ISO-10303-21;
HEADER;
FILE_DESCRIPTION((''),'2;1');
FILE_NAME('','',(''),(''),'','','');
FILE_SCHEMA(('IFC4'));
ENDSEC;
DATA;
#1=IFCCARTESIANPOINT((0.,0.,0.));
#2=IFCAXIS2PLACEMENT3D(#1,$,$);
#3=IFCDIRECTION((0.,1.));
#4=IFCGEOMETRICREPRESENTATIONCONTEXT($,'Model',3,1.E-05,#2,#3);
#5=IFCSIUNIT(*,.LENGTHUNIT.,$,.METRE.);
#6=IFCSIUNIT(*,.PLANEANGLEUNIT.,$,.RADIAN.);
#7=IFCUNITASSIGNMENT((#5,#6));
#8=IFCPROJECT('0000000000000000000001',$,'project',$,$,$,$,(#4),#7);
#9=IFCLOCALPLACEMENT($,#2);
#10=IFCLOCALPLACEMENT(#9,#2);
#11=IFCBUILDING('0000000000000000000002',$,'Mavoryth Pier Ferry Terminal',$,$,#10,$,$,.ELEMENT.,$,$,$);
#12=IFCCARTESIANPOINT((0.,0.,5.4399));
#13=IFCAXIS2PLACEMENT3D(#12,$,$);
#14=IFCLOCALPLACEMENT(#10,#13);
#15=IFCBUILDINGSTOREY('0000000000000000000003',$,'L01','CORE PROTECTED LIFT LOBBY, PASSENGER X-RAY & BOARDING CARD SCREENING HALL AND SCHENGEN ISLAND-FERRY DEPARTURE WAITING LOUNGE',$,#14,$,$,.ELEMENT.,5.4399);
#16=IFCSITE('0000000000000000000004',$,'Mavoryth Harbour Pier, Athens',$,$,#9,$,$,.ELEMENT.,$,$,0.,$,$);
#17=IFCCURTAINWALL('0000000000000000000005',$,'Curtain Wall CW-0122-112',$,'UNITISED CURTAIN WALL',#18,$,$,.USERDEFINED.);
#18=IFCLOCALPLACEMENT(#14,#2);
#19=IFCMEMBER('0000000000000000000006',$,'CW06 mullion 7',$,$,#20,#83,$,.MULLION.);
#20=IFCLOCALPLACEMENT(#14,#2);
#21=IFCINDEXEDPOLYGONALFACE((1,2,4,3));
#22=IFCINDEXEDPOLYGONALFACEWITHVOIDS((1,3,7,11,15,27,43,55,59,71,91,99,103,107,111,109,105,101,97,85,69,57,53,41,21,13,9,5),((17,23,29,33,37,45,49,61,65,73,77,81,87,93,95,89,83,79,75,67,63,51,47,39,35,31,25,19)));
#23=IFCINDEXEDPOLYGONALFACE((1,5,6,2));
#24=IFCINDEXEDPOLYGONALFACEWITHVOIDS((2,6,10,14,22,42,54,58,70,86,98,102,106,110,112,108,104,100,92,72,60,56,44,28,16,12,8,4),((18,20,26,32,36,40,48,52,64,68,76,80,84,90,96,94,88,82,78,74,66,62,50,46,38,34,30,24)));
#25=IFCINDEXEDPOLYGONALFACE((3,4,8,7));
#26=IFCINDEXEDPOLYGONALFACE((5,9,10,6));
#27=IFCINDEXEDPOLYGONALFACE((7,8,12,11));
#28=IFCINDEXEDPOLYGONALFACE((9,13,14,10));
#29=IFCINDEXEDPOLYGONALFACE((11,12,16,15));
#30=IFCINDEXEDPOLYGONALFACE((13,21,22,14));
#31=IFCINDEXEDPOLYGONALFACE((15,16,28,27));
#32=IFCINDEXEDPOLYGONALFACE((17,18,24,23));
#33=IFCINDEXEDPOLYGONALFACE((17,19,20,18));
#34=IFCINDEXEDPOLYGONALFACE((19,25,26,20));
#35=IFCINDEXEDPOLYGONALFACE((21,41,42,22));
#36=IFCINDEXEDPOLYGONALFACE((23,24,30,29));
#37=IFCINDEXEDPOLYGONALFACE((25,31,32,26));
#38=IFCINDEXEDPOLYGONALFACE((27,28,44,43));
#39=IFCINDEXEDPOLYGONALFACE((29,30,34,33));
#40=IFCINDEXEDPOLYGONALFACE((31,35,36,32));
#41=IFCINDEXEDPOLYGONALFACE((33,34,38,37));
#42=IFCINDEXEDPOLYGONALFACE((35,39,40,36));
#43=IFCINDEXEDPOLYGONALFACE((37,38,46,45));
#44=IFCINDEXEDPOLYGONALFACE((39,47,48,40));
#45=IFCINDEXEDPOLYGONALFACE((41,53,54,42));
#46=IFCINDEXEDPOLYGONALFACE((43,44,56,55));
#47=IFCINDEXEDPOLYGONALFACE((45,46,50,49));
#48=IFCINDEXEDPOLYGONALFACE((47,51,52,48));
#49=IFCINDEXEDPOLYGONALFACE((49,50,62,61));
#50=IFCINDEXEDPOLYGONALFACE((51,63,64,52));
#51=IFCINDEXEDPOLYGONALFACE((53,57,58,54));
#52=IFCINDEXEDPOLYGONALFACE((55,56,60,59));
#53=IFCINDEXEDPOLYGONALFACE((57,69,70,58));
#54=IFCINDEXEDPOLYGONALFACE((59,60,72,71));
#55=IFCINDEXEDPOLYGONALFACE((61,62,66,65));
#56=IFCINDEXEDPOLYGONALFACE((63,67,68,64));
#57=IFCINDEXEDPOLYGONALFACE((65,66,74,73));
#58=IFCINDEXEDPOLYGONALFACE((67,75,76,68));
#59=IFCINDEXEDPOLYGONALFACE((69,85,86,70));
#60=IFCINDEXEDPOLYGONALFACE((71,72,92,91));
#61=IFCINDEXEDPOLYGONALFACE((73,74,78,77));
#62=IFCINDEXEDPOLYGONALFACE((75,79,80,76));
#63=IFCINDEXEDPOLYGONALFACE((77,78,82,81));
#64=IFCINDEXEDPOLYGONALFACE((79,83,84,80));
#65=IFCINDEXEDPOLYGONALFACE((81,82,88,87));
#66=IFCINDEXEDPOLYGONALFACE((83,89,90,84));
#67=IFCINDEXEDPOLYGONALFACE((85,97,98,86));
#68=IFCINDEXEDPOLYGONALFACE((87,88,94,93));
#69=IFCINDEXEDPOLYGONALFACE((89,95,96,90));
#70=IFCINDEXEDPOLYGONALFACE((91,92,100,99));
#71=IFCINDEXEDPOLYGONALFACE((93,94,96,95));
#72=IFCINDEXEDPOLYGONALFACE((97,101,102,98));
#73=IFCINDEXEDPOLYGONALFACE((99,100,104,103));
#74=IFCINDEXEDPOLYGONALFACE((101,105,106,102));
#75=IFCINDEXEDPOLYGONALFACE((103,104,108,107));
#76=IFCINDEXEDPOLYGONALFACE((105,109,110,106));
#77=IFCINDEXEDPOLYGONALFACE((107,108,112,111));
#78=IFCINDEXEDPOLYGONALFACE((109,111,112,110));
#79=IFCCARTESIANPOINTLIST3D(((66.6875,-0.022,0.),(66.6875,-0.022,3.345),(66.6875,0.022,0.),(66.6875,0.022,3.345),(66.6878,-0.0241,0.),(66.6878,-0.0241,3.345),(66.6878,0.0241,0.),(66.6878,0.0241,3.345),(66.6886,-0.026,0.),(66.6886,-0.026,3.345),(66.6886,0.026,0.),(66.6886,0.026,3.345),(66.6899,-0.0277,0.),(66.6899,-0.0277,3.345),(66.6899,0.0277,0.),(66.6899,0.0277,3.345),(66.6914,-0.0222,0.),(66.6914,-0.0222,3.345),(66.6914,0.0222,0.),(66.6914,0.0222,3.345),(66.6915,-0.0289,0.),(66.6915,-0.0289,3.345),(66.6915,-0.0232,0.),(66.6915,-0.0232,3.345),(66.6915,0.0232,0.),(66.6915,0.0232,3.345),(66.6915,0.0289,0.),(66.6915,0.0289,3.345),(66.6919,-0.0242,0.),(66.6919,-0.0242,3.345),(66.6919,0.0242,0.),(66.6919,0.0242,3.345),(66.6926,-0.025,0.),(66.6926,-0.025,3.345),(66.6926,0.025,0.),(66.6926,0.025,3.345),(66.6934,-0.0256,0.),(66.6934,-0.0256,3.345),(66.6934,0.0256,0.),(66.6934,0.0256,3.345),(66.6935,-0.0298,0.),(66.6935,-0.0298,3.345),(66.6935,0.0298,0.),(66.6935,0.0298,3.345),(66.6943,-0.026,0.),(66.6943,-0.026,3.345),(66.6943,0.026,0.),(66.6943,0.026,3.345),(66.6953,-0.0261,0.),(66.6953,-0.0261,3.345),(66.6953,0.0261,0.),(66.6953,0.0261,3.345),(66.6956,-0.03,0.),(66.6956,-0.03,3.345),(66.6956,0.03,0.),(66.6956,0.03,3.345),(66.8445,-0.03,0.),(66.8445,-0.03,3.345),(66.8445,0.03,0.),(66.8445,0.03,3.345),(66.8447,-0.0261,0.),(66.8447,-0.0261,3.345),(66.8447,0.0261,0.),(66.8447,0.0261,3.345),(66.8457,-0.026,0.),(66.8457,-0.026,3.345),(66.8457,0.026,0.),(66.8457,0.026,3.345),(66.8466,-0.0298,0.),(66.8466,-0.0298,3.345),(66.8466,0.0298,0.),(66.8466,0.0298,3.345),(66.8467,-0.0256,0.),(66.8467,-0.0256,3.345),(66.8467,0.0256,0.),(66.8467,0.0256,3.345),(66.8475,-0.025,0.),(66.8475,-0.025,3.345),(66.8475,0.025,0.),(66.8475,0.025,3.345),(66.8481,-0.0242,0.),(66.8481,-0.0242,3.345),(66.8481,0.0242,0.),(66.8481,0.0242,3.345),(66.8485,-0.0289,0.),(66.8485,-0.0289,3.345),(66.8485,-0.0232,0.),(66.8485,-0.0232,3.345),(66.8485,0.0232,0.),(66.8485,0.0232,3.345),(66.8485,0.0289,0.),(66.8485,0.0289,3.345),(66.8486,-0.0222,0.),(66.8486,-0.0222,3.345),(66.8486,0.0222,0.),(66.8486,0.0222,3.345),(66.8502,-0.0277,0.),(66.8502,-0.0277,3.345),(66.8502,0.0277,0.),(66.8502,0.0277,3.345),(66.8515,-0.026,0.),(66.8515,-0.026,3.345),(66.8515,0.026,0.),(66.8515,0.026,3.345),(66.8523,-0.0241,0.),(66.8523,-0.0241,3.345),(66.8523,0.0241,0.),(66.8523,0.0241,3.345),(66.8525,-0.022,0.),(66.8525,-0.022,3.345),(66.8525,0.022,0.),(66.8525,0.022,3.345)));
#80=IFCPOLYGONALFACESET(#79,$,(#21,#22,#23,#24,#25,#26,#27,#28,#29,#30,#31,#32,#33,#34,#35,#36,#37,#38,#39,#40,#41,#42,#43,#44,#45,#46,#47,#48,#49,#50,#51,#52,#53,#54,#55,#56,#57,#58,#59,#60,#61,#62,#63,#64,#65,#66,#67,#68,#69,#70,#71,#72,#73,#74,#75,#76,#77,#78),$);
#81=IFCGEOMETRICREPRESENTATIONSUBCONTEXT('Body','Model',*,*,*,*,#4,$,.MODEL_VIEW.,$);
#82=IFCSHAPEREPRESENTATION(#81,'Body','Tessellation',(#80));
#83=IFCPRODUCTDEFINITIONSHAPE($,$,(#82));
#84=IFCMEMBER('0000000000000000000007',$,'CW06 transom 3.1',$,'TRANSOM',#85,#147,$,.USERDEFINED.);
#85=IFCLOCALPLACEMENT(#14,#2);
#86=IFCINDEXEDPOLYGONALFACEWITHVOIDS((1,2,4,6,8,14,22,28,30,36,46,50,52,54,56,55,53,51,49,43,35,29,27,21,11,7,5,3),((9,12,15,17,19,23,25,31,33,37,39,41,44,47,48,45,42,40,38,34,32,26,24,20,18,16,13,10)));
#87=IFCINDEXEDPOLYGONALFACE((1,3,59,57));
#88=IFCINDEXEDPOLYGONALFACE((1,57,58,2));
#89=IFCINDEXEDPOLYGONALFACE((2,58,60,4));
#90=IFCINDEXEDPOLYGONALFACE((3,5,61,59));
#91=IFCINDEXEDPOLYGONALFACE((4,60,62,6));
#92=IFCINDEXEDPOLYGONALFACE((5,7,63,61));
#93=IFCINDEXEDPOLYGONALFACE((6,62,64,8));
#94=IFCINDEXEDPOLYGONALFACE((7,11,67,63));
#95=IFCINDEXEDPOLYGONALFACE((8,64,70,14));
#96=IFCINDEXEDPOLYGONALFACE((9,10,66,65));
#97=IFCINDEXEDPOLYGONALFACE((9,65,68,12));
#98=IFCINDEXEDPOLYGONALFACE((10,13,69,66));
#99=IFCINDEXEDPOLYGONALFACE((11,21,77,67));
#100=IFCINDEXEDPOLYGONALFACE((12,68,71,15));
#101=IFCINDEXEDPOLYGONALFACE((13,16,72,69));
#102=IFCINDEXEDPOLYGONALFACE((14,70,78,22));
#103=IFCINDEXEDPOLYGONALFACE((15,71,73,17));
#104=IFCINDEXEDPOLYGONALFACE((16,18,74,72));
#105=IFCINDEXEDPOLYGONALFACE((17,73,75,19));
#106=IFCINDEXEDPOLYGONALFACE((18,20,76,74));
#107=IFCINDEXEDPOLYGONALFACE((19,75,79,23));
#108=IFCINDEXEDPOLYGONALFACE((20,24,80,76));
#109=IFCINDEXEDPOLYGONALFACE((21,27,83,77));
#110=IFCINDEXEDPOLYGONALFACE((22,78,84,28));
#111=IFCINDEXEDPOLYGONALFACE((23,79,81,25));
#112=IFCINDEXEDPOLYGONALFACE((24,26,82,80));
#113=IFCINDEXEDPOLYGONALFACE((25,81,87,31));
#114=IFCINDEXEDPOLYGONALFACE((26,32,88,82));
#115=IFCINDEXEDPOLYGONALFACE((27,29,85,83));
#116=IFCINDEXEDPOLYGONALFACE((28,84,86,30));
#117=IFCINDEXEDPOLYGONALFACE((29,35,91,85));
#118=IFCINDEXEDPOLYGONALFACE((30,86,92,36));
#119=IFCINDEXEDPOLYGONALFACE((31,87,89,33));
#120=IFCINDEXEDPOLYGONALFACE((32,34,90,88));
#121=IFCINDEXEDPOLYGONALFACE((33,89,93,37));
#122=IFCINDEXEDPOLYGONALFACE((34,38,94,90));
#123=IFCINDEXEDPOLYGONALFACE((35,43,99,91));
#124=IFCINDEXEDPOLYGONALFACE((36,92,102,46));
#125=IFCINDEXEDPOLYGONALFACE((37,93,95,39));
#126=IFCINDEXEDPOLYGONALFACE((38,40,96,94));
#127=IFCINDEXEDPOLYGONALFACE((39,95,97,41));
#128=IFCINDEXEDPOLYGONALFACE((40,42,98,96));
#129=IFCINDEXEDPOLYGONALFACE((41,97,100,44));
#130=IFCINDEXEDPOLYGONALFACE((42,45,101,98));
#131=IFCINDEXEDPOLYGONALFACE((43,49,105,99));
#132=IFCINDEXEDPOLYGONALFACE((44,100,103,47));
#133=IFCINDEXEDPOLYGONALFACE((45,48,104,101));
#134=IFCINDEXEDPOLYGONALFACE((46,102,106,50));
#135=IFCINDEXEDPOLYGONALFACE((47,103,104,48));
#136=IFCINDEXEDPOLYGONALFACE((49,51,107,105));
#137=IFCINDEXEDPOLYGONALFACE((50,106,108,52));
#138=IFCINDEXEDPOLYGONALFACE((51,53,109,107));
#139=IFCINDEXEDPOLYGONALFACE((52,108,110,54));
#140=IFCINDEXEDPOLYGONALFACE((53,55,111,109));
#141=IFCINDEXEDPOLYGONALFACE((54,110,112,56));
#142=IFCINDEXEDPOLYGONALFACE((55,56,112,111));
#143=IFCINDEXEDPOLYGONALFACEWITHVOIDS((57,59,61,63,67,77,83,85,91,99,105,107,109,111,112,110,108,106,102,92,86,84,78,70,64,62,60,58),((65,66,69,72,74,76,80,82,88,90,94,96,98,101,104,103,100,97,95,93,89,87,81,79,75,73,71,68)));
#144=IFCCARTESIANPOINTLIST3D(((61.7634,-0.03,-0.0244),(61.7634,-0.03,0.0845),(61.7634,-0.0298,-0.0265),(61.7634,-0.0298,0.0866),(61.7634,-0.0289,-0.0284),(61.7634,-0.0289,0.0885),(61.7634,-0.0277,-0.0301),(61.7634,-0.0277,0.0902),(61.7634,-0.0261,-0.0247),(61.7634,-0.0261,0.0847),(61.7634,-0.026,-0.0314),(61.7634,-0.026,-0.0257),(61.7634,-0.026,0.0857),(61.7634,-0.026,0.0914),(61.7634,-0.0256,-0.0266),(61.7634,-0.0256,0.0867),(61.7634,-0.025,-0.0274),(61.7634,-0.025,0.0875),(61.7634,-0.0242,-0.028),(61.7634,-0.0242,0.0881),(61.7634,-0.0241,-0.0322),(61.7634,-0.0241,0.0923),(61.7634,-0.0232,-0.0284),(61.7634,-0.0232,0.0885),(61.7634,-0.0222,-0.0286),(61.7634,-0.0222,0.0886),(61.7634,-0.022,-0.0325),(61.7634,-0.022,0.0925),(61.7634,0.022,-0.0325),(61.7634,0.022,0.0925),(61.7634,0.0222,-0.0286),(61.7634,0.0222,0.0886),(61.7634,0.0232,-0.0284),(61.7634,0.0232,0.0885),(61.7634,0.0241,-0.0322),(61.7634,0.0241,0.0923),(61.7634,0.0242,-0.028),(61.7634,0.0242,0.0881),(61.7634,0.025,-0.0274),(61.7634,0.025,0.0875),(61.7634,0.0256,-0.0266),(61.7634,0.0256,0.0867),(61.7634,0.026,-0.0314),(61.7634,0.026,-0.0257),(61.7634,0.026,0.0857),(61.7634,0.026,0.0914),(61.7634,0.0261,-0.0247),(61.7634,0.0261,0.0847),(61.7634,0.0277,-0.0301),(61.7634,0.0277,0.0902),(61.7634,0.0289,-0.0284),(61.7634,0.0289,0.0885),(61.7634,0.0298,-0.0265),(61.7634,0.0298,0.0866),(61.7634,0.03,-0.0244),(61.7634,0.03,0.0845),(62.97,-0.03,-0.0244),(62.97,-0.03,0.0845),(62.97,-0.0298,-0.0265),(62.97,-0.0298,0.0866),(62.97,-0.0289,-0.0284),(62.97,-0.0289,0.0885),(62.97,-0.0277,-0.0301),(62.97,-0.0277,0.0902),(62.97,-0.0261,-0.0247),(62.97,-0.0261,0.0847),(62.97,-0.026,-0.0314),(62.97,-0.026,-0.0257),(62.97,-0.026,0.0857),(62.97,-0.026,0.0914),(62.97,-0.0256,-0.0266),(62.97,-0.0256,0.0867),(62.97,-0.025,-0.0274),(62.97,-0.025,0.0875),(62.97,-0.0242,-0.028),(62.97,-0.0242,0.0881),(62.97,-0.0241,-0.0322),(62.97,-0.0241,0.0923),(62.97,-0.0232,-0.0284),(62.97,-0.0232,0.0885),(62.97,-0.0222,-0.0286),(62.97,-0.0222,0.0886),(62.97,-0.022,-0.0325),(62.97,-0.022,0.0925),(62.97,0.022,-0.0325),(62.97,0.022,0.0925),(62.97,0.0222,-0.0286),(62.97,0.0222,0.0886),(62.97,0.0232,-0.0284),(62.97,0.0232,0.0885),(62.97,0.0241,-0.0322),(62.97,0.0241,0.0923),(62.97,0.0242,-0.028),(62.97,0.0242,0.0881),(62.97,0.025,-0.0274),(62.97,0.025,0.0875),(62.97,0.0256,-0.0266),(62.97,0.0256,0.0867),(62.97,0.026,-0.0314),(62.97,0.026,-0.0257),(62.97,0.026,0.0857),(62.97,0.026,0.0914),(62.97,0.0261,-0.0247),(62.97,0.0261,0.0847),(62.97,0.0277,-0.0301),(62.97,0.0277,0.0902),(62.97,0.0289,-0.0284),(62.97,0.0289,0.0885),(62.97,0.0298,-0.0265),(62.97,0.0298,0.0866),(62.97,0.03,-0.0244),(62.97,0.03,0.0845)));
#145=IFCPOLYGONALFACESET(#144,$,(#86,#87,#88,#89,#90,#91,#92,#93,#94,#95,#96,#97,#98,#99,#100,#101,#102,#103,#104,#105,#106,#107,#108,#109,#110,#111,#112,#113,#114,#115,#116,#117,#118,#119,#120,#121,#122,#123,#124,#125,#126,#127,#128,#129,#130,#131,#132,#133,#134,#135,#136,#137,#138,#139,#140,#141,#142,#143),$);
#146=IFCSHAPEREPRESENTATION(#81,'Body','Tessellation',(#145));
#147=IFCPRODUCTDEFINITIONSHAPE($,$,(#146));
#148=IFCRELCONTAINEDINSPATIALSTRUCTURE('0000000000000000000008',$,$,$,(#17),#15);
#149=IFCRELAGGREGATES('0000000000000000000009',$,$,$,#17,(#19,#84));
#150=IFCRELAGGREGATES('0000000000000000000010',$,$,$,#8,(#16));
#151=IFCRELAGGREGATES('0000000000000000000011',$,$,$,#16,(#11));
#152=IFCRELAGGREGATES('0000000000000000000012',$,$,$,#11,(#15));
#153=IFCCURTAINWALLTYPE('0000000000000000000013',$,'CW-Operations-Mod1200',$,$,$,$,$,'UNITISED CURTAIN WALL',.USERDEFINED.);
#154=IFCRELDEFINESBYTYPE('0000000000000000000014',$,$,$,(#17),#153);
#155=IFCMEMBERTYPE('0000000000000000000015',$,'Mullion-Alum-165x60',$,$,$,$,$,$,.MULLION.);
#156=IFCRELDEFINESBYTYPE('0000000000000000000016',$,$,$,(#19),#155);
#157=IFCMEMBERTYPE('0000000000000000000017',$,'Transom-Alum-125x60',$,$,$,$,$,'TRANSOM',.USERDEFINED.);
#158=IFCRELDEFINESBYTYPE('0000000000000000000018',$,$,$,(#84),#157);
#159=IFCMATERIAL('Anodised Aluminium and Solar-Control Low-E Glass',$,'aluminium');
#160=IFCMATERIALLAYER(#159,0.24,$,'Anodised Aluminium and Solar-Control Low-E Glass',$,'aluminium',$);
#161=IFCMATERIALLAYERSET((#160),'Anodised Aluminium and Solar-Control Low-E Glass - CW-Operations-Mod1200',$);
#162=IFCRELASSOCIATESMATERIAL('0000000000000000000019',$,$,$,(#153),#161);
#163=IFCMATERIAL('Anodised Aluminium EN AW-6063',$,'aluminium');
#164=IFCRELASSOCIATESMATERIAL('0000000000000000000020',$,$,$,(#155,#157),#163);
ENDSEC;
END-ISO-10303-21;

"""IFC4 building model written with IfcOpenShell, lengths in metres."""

from ifc_helpers import new_model, si_unit, direction, frame, origin, origin_2d, place, context, subcontext, project, spatial, hollow_rectangle, extrude, material, layer, layer_set, material_profile, profile_set, type_object, element, aggregate, save


model = new_model("IFC4")

# Units and contexts
model_context = context("Model", 3, precision=1e-05, world=origin(), true_north=direction((0.0, 1.0)))
body_context = subcontext(model_context, "Body", "Model", "MODEL_VIEW")
ifc_project = project(units=[si_unit("LENGTHUNIT", "METRE"), si_unit("PLANEANGLEUNIT", "RADIAN")], contexts=[model_context])

# Site, building, storey
site_placement = place(None, origin())
site = spatial("IfcSite", under=ifc_project, at=site_placement, Name="Mavoryth Harbour Pier, Athens", CompositionType="ELEMENT", RefElevation=0.0)
building_placement = place(site_placement, origin())
building = spatial("IfcBuilding", under=site, at=building_placement, Name="Mavoryth Pier Ferry Terminal", CompositionType="ELEMENT")
storey_placement = place(building_placement, frame((0.0, 0.0, 5.4399)))
storey = spatial("IfcBuildingStorey", under=building, at=storey_placement, Name="L01", Description="CORE PROTECTED LIFT LOBBY, PASSENGER X-RAY & BOARDING CARD SCREENING HALL AND SCHENGEN ISLAND-FERRY DEPARTURE WAITING LOUNGE", CompositionType="ELEMENT", Elevation=5.4399)

# Curtain wall, members
ifc_material_1 = material(Name="Anodised Aluminium and Solar-Control Low-E Glass", Category="aluminium")
ifc_layer_1 = layer(ifc_material_1, 0.24, Name="Anodised Aluminium and Solar-Control Low-E Glass", Category="aluminium")
ifc_layer_set_1 = layer_set([ifc_layer_1], Name="Anodised Aluminium and Solar-Control Low-E Glass - CW-Operations-Mod1200")
curtain_wall_type = type_object("IfcCurtainWallType", Name="CW-Operations-Mod1200", ElementType="UNITISED CURTAIN WALL", PredefinedType="USERDEFINED", material=ifc_layer_set_1)
curtain_wall_placement = place(storey_placement, origin())
curtain_wall = element("IfcCurtainWall", 1, at=curtain_wall_placement, inside=storey, type_object=curtain_wall_type, Name="Curtain Wall CW-0122-112", ObjectType="UNITISED CURTAIN WALL", PredefinedType="USERDEFINED")
ifc_material_2 = material(Name="Anodised Aluminium EN AW-6063", Category="aluminium")
ifc_material_profile_1 = material_profile(ifc_material_2, hollow_rectangle(XDim=0.0601, YDim=0.165, WallThickness=0.0039, InnerFilletRadius=0.0039, OuterFilletRadius=0.0081, at=origin_2d()), Name="AL-MULL 165x60x4", Category="aluminium")
ifc_profile_set_1 = profile_set([ifc_material_profile_1], Name="Anodised Aluminium EN AW-6063 - AL-MULL 165x60x4")
member_type_1 = type_object("IfcMemberType", Name="Mullion-Alum-165x60", PredefinedType="MULLION", material=ifc_profile_set_1)
member_1_placement = place(storey_placement, frame((66.77, 0.0, 0.0), z_axis=(0.0, 0.0, 1.0), x_axis=(0.0, 1.0, 0.0)))
member_1 = element("IfcMember", 2, at=member_1_placement, type_object=member_type_1, Name="CW06 mullion 7", PredefinedType="MULLION", context=body_context, shape_type="SweptSolid", body=[
    extrude(hollow_rectangle(XDim=0.0601, YDim=0.165, WallThickness=0.0039, InnerFilletRadius=0.0039, OuterFilletRadius=0.0081, at=origin_2d()), origin(), (0.0, 0.0, 1.0), 3.345),
])
ifc_material_profile_2 = material_profile(ifc_material_2, hollow_rectangle(XDim=0.0601, YDim=0.125, WallThickness=0.0039, InnerFilletRadius=0.0039, OuterFilletRadius=0.0081, at=origin_2d()), Name="AL-TRAN 125x60x4", Category="aluminium")
ifc_profile_set_2 = profile_set([ifc_material_profile_2], Name="Anodised Aluminium EN AW-6063 - AL-TRAN 125x60x4")
member_type_2 = type_object("IfcMemberType", Name="Transom-Alum-125x60", ElementType="TRANSOM", PredefinedType="USERDEFINED", material=ifc_profile_set_2)
member_2_placement = place(storey_placement, frame((61.7634, 0.0, 0.03), z_axis=(1.0, 0.0, 0.0), x_axis=(0.0, 1.0, 0.0)))
member_2 = element("IfcMember", 3, at=member_2_placement, type_object=member_type_2, Name="CW06 transom 3.1", ObjectType="TRANSOM", PredefinedType="USERDEFINED", context=body_context, shape_type="SweptSolid", body=[
    extrude(hollow_rectangle(XDim=0.0601, YDim=0.125, WallThickness=0.0039, InnerFilletRadius=0.0039, OuterFilletRadius=0.0081, at=origin_2d()), origin(), (0.0, 0.0, 1.0), 1.2065),
])
aggregate(curtain_wall, [member_1, member_2])

save(model, "model.ifc")
